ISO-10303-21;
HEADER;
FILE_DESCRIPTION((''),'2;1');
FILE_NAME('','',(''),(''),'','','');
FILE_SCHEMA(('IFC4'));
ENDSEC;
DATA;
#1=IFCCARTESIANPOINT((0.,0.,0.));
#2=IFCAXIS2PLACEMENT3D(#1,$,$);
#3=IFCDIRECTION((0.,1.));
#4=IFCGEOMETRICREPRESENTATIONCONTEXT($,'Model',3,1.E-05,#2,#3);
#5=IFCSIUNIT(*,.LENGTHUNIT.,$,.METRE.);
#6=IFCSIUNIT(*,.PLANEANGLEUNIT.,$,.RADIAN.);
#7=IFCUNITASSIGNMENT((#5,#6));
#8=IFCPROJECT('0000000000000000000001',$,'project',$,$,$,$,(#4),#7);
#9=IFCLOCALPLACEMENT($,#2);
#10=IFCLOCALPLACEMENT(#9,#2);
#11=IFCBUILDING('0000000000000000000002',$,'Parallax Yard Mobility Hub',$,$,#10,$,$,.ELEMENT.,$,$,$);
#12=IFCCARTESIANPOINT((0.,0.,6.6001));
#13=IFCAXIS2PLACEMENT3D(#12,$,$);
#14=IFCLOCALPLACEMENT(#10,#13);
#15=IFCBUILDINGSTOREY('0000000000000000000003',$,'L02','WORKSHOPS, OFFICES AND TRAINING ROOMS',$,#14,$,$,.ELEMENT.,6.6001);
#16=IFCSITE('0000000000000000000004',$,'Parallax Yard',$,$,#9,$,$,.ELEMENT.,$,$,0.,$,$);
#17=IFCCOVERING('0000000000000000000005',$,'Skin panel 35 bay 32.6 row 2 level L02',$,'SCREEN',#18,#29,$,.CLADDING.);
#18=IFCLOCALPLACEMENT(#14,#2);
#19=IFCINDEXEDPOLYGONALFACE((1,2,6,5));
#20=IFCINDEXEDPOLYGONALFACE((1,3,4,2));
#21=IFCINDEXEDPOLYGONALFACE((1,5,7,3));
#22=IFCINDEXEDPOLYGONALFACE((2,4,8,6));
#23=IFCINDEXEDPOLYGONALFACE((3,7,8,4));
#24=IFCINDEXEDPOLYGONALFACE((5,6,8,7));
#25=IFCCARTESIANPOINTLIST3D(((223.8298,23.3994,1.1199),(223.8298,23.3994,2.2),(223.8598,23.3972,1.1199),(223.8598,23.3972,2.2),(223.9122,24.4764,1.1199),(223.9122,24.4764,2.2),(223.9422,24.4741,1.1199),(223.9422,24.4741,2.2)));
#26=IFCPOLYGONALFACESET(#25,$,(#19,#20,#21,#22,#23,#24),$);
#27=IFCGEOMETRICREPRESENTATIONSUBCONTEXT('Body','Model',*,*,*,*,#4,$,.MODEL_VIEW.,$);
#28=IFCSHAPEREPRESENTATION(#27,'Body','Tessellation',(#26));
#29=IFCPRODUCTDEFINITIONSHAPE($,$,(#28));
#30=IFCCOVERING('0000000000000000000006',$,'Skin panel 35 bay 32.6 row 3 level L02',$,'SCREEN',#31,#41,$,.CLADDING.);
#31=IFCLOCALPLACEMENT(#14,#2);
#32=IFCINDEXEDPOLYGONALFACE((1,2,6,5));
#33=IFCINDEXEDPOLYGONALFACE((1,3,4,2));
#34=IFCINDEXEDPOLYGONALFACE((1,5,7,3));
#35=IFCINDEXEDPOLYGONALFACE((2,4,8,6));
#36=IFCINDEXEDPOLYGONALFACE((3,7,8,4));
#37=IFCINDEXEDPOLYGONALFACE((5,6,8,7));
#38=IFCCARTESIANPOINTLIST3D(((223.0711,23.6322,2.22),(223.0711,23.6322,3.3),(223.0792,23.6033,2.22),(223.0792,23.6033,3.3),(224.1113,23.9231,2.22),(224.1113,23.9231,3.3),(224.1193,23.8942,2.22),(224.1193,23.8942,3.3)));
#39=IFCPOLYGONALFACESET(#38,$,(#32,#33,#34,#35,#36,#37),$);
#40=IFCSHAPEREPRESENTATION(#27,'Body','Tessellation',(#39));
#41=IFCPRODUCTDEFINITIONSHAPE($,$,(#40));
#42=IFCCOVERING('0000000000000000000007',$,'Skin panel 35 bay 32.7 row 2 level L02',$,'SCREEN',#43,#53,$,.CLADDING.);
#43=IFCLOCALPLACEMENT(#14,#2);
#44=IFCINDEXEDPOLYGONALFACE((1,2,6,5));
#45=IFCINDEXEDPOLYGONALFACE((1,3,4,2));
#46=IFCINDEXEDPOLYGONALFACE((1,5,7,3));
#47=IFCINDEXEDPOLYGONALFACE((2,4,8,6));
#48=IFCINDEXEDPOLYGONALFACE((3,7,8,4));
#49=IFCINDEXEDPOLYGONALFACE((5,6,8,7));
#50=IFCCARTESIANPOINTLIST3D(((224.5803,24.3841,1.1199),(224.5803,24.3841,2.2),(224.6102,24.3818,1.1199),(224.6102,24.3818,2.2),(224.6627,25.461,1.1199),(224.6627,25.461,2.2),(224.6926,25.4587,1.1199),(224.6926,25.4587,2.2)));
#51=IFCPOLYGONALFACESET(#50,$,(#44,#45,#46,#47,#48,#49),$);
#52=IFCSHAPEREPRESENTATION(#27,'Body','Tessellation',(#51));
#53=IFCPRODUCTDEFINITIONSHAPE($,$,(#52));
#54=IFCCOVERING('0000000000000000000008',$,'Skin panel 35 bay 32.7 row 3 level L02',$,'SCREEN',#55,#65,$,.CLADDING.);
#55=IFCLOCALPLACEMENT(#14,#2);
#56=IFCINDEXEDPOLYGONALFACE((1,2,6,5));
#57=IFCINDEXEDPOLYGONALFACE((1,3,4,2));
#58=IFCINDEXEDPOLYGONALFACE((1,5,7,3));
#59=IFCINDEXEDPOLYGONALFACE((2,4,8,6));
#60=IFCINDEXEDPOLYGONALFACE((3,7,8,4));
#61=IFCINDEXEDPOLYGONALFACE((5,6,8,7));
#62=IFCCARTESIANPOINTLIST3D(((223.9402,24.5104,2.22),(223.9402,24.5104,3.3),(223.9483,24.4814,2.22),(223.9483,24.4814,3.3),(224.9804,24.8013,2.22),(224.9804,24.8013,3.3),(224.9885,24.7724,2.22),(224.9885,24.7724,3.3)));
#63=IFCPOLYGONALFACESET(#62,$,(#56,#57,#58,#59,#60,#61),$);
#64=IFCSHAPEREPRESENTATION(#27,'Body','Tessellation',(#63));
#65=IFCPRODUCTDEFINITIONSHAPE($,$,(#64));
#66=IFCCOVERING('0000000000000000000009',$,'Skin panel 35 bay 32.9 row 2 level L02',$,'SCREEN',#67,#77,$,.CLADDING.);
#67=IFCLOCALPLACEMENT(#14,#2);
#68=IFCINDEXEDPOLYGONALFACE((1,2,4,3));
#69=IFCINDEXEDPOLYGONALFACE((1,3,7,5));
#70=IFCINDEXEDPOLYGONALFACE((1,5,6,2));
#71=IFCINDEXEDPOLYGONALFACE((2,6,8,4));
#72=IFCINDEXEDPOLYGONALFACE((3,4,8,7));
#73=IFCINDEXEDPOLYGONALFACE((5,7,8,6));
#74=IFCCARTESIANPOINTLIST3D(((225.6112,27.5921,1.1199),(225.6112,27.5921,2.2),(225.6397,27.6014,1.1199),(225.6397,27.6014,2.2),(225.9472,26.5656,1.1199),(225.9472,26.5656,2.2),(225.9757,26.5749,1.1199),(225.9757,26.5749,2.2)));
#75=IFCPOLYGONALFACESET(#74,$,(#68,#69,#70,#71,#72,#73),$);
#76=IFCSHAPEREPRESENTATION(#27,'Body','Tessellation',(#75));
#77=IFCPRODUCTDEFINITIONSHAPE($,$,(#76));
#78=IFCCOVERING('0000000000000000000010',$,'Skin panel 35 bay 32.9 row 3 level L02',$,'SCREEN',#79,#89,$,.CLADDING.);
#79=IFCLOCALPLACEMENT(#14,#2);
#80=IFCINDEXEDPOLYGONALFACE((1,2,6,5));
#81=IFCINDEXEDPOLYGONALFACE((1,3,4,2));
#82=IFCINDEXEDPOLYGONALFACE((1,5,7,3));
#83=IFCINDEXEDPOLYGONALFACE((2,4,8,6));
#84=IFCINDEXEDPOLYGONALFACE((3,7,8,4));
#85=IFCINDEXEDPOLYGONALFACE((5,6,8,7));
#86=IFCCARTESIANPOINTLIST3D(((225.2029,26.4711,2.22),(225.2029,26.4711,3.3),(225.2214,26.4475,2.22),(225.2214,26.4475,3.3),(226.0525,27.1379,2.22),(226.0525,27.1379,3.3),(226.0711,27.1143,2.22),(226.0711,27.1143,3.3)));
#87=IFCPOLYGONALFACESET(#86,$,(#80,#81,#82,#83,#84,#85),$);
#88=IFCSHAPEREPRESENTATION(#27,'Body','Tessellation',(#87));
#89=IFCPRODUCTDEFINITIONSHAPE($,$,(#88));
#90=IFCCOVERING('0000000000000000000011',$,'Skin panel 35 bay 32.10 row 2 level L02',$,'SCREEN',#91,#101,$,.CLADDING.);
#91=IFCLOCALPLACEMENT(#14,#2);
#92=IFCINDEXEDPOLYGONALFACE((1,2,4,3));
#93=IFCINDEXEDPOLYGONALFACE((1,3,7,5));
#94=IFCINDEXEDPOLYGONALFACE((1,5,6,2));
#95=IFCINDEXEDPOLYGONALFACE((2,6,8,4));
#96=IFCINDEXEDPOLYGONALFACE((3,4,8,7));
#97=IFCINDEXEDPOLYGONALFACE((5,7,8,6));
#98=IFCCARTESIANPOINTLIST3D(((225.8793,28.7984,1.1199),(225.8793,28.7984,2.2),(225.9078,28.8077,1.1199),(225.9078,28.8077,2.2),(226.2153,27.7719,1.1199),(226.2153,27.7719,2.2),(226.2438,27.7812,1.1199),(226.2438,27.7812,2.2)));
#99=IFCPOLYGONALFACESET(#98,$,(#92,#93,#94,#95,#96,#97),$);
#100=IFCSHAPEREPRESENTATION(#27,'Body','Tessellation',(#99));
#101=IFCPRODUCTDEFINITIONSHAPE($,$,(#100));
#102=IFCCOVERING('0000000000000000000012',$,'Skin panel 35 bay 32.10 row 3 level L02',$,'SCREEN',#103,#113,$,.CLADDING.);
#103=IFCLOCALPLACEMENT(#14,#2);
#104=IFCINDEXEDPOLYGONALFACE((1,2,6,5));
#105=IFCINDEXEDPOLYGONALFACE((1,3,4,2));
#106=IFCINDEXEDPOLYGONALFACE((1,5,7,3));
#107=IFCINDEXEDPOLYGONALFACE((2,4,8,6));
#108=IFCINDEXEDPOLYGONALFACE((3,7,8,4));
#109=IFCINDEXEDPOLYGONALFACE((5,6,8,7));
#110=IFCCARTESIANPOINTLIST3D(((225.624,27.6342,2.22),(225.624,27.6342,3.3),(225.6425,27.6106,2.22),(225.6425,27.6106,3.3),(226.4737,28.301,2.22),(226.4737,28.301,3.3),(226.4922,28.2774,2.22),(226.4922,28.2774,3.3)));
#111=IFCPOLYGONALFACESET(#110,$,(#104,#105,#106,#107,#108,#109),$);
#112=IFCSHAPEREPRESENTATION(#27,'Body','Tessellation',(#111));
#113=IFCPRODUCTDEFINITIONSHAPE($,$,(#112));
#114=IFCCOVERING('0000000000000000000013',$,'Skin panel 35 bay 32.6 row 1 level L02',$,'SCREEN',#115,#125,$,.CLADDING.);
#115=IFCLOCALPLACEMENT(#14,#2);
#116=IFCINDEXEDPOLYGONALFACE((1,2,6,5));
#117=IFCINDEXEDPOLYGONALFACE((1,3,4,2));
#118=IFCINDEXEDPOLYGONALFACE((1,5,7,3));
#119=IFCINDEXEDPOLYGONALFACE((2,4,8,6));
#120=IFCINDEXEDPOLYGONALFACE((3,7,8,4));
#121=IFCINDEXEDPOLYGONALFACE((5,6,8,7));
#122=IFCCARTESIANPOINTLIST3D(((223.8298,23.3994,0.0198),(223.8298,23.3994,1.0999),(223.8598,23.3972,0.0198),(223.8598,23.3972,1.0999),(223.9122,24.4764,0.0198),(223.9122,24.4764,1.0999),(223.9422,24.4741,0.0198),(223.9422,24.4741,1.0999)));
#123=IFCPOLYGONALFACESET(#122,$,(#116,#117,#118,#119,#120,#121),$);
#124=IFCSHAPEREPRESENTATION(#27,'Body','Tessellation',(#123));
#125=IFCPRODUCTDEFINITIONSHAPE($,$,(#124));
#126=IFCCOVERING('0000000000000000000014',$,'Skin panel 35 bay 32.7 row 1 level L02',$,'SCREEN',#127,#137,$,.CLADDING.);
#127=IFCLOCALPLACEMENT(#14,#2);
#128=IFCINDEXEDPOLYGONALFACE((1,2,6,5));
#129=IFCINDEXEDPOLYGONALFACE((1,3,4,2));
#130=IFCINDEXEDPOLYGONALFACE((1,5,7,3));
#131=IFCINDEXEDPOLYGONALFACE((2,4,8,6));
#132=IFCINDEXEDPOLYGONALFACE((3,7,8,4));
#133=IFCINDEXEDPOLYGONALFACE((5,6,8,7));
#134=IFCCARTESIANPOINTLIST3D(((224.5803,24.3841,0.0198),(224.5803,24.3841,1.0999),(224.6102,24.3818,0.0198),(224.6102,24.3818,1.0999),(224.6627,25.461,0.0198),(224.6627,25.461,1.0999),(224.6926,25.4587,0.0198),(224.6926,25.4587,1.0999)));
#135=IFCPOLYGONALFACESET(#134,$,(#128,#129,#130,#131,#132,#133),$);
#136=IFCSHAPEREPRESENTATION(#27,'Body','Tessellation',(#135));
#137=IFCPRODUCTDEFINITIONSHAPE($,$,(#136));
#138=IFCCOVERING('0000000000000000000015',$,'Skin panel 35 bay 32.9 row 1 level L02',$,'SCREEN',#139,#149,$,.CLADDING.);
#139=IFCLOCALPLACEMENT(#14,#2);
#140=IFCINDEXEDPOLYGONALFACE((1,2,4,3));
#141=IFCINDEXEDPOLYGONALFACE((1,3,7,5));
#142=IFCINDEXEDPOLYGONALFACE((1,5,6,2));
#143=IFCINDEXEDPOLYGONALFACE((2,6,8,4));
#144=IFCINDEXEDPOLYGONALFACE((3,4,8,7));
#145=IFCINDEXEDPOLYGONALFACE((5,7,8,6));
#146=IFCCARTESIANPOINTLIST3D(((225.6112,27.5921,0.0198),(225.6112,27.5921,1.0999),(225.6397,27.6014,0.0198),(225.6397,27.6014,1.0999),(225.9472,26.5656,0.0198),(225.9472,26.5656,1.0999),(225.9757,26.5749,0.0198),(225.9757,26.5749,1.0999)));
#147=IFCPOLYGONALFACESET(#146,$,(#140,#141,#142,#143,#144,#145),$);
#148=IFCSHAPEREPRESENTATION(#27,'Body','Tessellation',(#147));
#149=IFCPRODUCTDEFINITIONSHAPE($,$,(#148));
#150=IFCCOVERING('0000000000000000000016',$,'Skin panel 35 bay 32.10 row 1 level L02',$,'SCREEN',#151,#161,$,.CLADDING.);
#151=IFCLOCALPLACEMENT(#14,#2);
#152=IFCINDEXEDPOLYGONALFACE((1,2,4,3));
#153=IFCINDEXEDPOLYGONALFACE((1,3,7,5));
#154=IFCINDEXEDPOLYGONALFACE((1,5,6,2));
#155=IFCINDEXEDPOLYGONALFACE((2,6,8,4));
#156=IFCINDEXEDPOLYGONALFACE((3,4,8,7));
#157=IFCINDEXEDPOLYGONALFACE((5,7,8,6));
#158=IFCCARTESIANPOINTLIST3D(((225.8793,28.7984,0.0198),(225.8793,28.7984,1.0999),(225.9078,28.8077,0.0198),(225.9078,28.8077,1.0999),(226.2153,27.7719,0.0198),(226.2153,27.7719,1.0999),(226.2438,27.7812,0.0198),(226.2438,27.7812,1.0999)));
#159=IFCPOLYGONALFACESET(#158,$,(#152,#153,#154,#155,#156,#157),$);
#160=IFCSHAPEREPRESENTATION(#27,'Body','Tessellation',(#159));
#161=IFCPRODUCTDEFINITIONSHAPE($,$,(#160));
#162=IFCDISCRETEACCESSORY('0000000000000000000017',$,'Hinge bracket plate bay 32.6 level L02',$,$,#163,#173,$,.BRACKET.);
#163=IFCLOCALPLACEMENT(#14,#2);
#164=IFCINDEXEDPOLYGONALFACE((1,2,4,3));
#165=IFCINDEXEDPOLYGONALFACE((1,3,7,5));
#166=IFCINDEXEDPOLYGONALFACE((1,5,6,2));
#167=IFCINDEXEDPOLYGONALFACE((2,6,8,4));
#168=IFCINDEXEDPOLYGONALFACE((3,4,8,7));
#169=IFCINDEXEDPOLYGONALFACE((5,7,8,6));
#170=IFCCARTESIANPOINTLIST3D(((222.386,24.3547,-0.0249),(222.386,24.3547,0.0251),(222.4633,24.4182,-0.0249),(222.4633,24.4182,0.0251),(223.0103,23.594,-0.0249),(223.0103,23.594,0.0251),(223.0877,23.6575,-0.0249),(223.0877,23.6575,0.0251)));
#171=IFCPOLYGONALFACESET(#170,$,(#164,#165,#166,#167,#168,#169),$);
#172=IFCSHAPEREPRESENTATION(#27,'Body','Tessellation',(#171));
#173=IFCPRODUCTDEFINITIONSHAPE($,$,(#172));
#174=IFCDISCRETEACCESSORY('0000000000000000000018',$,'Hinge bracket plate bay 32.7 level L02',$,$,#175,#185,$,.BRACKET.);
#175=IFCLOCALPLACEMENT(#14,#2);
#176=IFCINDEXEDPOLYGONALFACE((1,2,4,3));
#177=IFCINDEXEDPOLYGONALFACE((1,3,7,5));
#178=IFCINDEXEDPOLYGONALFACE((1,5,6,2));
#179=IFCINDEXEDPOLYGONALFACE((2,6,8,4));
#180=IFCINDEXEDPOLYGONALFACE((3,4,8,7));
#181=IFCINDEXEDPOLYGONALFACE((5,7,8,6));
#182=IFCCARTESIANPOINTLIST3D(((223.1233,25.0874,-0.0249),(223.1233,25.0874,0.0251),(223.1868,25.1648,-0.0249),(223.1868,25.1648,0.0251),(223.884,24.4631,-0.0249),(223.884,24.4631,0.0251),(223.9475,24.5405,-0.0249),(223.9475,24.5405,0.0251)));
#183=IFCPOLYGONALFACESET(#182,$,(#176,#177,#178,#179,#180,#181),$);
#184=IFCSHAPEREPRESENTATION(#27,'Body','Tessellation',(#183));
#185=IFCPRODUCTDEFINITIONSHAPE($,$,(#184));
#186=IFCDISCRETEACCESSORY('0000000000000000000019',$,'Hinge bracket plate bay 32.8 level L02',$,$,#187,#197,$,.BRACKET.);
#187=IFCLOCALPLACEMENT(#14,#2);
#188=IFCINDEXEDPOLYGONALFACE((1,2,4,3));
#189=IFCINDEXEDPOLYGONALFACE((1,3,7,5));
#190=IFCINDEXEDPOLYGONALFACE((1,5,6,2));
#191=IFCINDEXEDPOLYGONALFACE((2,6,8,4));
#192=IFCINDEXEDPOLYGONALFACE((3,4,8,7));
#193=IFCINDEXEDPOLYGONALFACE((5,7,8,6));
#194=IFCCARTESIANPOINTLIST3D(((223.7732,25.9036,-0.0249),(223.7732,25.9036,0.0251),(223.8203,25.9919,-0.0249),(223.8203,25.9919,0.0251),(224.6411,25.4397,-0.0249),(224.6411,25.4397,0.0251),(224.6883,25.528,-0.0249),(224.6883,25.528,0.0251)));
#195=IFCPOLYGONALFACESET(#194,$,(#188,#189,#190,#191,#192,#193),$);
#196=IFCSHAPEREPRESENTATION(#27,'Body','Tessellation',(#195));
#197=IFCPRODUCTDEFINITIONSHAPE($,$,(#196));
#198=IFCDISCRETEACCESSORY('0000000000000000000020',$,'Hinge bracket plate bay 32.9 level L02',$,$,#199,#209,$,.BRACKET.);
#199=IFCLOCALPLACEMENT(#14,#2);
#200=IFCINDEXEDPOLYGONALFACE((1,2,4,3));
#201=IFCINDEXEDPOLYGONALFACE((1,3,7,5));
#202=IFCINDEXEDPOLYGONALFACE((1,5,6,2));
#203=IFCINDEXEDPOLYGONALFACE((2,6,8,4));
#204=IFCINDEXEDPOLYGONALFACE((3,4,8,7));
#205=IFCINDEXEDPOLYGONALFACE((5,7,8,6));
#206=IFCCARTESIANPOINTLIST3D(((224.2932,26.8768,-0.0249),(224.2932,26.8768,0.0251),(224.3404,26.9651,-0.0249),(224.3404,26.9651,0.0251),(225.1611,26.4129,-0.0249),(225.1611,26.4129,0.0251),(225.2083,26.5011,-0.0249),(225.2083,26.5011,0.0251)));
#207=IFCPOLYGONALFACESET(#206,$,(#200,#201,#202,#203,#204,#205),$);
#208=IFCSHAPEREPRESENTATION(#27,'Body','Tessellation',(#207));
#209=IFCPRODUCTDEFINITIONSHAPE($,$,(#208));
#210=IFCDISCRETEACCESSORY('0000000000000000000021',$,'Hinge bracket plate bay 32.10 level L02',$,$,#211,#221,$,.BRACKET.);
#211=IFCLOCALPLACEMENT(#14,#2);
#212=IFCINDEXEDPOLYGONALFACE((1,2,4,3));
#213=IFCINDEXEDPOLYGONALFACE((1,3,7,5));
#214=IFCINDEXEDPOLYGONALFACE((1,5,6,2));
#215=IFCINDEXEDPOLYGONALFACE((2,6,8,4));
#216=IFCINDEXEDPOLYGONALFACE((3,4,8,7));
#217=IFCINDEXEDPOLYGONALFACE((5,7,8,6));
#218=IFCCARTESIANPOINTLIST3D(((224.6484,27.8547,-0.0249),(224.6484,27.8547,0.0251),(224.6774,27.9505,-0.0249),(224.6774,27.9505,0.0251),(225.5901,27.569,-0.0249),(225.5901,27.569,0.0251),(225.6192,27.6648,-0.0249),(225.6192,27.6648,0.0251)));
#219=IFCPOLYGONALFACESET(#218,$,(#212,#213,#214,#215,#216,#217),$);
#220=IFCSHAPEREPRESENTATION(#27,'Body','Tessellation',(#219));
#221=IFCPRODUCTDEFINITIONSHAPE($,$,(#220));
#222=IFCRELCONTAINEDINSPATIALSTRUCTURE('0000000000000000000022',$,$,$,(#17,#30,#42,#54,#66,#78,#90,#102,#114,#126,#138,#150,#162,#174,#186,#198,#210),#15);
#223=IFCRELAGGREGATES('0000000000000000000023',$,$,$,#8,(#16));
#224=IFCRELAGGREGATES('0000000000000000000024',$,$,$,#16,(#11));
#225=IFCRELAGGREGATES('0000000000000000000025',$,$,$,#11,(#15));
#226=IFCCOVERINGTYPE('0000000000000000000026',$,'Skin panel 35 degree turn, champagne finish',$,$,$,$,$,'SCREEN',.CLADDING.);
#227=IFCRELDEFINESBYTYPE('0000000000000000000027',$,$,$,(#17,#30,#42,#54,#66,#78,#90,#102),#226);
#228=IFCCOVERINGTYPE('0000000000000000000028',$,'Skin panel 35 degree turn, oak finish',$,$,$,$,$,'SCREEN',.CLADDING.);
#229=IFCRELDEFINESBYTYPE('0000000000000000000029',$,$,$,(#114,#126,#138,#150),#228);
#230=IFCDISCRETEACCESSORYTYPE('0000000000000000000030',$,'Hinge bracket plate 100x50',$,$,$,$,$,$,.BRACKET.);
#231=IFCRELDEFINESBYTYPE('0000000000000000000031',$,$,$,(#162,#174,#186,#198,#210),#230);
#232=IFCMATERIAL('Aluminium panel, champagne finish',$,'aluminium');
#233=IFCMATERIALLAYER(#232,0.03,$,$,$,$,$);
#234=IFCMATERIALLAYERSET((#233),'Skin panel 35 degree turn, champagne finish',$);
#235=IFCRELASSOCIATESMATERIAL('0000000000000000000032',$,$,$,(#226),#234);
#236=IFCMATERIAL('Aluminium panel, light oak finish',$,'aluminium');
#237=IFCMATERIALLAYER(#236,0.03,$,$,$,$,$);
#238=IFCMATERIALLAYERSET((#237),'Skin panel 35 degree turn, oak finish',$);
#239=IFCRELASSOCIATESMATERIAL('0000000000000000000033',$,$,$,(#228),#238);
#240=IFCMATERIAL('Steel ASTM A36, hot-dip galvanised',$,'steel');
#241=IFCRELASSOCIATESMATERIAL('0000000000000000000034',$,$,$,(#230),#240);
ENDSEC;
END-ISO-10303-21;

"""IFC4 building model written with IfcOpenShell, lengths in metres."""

from ifc_helpers import new_model, si_unit, direction, frame, origin, origin_2d, place, context, subcontext, project, spatial, rectangle, extrude, material, layer, layer_set, type_object, element, save


model = new_model("IFC4")

# Units and contexts
model_context = context("Model", 3, precision=1e-05, world=origin(), true_north=direction((0.0, 1.0)))
body_context = subcontext(model_context, "Body", "Model", "MODEL_VIEW")
ifc_project = project(units=[si_unit("LENGTHUNIT", "METRE"), si_unit("PLANEANGLEUNIT", "RADIAN")], contexts=[model_context])

# Site, building, storey
site_placement = place(None, origin())
site = spatial("IfcSite", under=ifc_project, at=site_placement, Name="Parallax Yard", CompositionType="ELEMENT", RefElevation=0.0)
building_placement = place(site_placement, origin())
building = spatial("IfcBuilding", under=site, at=building_placement, Name="Parallax Yard Mobility Hub", CompositionType="ELEMENT")
storey_placement = place(building_placement, frame((0.0, 0.0, 6.6001)))
storey = spatial("IfcBuildingStorey", under=building, at=storey_placement, Name="L02", Description="WORKSHOPS, OFFICES AND TRAINING ROOMS", CompositionType="ELEMENT", Elevation=6.6001)

# Coverings
ifc_material_1 = material(Name="Aluminium panel, champagne finish", Category="aluminium")
ifc_material_2 = material(Name="Aluminium panel, light oak finish", Category="aluminium")
ifc_layer_1 = layer(ifc_material_1, 0.03)
ifc_layer_set_1 = layer_set([ifc_layer_1], Name="Skin panel 35 degree turn, champagne finish")
covering_type_1 = type_object("IfcCoveringType", Name="Skin panel 35 degree turn, champagne finish", ElementType="SCREEN", PredefinedType="CLADDING", material=ifc_layer_set_1)
for number, where, z_axis, x_axis, name in (
    (1, (223.886, 23.9368, 1.1199), (0.0, 0.0, 1.0), (-0.076284, -0.997086, 0.0), "Skin panel 35 bay 32.6 row 2 level L02"),
    (2, (223.5952, 23.7632, 2.22), (0.0, 0.0, 1.0), (0.963045, 0.26934, 0.0), "Skin panel 35 bay 32.6 row 3 level L02"),
    (3, (224.6365, 24.9214, 1.1199), (0.0, 0.0, 1.0), (-0.076284, -0.997086, 0.0), "Skin panel 35 bay 32.7 row 2 level L02"),
    (4, (224.4644, 24.6414, 2.22), (0.0, 0.0, 1.0), (0.963045, 0.26934, 0.0), "Skin panel 35 bay 32.7 row 3 level L02"),
    (5, (225.7935, 27.0835, 1.1199), (0.0, 0.0, 1.0), (0.311091, -0.95038, 0.0), "Skin panel 35 bay 32.9 row 2 level L02"),
    (6, (225.637, 26.7927, 2.22), (0.0, 0.0, 1.0), (0.786666, 0.617379, 0.0), "Skin panel 35 bay 32.9 row 3 level L02"),
    (7, (226.0615, 28.2898, 1.1199), (0.0, 0.0, 1.0), (0.311091, -0.95038, 0.0), "Skin panel 35 bay 32.10 row 2 level L02"),
    (8, (226.0581, 27.9558, 2.22), (0.0, 0.0, 1.0), (0.786666, 0.617379, 0.0), "Skin panel 35 bay 32.10 row 3 level L02"),
):
    element("IfcCovering", number, at=place(storey_placement, frame(where, z_axis=z_axis, x_axis=x_axis)), inside=storey, type_object=covering_type_1, Name=name, ObjectType="SCREEN", PredefinedType="CLADDING", context=body_context, shape_type="SweptSolid", body=[
        extrude(rectangle(XDim=1.0801, YDim=0.03, at=origin_2d()), origin(), (0.0, 0.0, 1.0), 1.0801),
    ])
ifc_layer_2 = layer(ifc_material_2, 0.03)
ifc_layer_set_2 = layer_set([ifc_layer_2], Name="Skin panel 35 degree turn, oak finish")
covering_type_2 = type_object("IfcCoveringType", Name="Skin panel 35 degree turn, oak finish", ElementType="SCREEN", PredefinedType="CLADDING", material=ifc_layer_set_2)
for number, where, z_axis, x_axis, name in (
    (9, (223.886, 23.9368, 0.0198), (0.0, 0.0, 1.0), (-0.076284, -0.997086, 0.0), "Skin panel 35 bay 32.6 row 1 level L02"),
    (10, (224.6365, 24.9214, 0.0198), (0.0, 0.0, 1.0), (-0.076284, -0.997086, 0.0), "Skin panel 35 bay 32.7 row 1 level L02"),
    (11, (225.7935, 27.0835, 0.0198), (0.0, 0.0, 1.0), (0.311091, -0.95038, 0.0), "Skin panel 35 bay 32.9 row 1 level L02"),
    (12, (226.0615, 28.2898, 0.0198), (0.0, 0.0, 1.0), (0.311091, -0.95038, 0.0), "Skin panel 35 bay 32.10 row 1 level L02"),
):
    element("IfcCovering", number, at=place(storey_placement, frame(where, z_axis=z_axis, x_axis=x_axis)), inside=storey, type_object=covering_type_2, Name=name, ObjectType="SCREEN", PredefinedType="CLADDING", context=body_context, shape_type="SweptSolid", body=[
        extrude(rectangle(XDim=1.0801, YDim=0.03, at=origin_2d()), origin(), (0.0, 0.0, 1.0), 1.0801),
    ])

# Discrete accessories
ifc_material_3 = material(Name="Steel ASTM A36, hot-dip galvanised", Category="steel")
discrete_accessory_type_1 = type_object("IfcDiscreteAccessoryType", Name="Hinge bracket plate 100x50", PredefinedType="BRACKET", material=ifc_material_3)
for number, where, z_axis, x_axis, name in (
    (13, (222.7368, 24.0061, -0.0249), (0.0, 0.0, 1.0), (0.634393, -0.77301, 0.0), "Hinge bracket plate bay 32.6 level L02"),
    (14, (223.5354, 24.814, -0.0249), (0.0, 0.0, 1.0), (0.77301, -0.634393, 0.0), "Hinge bracket plate bay 32.7 level L02"),
    (15, (224.2307, 25.7158, -0.0249), (0.0, 0.0, 1.0), (0.881921, -0.471397, 0.0), "Hinge bracket plate bay 32.8 level L02"),
    (16, (224.7507, 26.689, -0.0249), (0.0, 0.0, 1.0), (0.881921, -0.471397, 0.0), "Hinge bracket plate bay 32.9 level L02"),
    (17, (225.1338, 27.7598, -0.0249), (0.0, 0.0, 1.0), (0.95694, -0.290285, 0.0), "Hinge bracket plate bay 32.10 level L02"),
):
    element("IfcDiscreteAccessory", number, at=place(storey_placement, frame(where, z_axis=z_axis, x_axis=x_axis)), inside=storey, type_object=discrete_accessory_type_1, Name=name, PredefinedType="BRACKET", context=body_context, shape_type="SweptSolid", body=[
        extrude(rectangle(XDim=0.9841, YDim=0.1001, at=origin_2d()), origin(), (0.0, 0.0, 1.0), 0.05),
    ])

save(model, "model.ifc")
